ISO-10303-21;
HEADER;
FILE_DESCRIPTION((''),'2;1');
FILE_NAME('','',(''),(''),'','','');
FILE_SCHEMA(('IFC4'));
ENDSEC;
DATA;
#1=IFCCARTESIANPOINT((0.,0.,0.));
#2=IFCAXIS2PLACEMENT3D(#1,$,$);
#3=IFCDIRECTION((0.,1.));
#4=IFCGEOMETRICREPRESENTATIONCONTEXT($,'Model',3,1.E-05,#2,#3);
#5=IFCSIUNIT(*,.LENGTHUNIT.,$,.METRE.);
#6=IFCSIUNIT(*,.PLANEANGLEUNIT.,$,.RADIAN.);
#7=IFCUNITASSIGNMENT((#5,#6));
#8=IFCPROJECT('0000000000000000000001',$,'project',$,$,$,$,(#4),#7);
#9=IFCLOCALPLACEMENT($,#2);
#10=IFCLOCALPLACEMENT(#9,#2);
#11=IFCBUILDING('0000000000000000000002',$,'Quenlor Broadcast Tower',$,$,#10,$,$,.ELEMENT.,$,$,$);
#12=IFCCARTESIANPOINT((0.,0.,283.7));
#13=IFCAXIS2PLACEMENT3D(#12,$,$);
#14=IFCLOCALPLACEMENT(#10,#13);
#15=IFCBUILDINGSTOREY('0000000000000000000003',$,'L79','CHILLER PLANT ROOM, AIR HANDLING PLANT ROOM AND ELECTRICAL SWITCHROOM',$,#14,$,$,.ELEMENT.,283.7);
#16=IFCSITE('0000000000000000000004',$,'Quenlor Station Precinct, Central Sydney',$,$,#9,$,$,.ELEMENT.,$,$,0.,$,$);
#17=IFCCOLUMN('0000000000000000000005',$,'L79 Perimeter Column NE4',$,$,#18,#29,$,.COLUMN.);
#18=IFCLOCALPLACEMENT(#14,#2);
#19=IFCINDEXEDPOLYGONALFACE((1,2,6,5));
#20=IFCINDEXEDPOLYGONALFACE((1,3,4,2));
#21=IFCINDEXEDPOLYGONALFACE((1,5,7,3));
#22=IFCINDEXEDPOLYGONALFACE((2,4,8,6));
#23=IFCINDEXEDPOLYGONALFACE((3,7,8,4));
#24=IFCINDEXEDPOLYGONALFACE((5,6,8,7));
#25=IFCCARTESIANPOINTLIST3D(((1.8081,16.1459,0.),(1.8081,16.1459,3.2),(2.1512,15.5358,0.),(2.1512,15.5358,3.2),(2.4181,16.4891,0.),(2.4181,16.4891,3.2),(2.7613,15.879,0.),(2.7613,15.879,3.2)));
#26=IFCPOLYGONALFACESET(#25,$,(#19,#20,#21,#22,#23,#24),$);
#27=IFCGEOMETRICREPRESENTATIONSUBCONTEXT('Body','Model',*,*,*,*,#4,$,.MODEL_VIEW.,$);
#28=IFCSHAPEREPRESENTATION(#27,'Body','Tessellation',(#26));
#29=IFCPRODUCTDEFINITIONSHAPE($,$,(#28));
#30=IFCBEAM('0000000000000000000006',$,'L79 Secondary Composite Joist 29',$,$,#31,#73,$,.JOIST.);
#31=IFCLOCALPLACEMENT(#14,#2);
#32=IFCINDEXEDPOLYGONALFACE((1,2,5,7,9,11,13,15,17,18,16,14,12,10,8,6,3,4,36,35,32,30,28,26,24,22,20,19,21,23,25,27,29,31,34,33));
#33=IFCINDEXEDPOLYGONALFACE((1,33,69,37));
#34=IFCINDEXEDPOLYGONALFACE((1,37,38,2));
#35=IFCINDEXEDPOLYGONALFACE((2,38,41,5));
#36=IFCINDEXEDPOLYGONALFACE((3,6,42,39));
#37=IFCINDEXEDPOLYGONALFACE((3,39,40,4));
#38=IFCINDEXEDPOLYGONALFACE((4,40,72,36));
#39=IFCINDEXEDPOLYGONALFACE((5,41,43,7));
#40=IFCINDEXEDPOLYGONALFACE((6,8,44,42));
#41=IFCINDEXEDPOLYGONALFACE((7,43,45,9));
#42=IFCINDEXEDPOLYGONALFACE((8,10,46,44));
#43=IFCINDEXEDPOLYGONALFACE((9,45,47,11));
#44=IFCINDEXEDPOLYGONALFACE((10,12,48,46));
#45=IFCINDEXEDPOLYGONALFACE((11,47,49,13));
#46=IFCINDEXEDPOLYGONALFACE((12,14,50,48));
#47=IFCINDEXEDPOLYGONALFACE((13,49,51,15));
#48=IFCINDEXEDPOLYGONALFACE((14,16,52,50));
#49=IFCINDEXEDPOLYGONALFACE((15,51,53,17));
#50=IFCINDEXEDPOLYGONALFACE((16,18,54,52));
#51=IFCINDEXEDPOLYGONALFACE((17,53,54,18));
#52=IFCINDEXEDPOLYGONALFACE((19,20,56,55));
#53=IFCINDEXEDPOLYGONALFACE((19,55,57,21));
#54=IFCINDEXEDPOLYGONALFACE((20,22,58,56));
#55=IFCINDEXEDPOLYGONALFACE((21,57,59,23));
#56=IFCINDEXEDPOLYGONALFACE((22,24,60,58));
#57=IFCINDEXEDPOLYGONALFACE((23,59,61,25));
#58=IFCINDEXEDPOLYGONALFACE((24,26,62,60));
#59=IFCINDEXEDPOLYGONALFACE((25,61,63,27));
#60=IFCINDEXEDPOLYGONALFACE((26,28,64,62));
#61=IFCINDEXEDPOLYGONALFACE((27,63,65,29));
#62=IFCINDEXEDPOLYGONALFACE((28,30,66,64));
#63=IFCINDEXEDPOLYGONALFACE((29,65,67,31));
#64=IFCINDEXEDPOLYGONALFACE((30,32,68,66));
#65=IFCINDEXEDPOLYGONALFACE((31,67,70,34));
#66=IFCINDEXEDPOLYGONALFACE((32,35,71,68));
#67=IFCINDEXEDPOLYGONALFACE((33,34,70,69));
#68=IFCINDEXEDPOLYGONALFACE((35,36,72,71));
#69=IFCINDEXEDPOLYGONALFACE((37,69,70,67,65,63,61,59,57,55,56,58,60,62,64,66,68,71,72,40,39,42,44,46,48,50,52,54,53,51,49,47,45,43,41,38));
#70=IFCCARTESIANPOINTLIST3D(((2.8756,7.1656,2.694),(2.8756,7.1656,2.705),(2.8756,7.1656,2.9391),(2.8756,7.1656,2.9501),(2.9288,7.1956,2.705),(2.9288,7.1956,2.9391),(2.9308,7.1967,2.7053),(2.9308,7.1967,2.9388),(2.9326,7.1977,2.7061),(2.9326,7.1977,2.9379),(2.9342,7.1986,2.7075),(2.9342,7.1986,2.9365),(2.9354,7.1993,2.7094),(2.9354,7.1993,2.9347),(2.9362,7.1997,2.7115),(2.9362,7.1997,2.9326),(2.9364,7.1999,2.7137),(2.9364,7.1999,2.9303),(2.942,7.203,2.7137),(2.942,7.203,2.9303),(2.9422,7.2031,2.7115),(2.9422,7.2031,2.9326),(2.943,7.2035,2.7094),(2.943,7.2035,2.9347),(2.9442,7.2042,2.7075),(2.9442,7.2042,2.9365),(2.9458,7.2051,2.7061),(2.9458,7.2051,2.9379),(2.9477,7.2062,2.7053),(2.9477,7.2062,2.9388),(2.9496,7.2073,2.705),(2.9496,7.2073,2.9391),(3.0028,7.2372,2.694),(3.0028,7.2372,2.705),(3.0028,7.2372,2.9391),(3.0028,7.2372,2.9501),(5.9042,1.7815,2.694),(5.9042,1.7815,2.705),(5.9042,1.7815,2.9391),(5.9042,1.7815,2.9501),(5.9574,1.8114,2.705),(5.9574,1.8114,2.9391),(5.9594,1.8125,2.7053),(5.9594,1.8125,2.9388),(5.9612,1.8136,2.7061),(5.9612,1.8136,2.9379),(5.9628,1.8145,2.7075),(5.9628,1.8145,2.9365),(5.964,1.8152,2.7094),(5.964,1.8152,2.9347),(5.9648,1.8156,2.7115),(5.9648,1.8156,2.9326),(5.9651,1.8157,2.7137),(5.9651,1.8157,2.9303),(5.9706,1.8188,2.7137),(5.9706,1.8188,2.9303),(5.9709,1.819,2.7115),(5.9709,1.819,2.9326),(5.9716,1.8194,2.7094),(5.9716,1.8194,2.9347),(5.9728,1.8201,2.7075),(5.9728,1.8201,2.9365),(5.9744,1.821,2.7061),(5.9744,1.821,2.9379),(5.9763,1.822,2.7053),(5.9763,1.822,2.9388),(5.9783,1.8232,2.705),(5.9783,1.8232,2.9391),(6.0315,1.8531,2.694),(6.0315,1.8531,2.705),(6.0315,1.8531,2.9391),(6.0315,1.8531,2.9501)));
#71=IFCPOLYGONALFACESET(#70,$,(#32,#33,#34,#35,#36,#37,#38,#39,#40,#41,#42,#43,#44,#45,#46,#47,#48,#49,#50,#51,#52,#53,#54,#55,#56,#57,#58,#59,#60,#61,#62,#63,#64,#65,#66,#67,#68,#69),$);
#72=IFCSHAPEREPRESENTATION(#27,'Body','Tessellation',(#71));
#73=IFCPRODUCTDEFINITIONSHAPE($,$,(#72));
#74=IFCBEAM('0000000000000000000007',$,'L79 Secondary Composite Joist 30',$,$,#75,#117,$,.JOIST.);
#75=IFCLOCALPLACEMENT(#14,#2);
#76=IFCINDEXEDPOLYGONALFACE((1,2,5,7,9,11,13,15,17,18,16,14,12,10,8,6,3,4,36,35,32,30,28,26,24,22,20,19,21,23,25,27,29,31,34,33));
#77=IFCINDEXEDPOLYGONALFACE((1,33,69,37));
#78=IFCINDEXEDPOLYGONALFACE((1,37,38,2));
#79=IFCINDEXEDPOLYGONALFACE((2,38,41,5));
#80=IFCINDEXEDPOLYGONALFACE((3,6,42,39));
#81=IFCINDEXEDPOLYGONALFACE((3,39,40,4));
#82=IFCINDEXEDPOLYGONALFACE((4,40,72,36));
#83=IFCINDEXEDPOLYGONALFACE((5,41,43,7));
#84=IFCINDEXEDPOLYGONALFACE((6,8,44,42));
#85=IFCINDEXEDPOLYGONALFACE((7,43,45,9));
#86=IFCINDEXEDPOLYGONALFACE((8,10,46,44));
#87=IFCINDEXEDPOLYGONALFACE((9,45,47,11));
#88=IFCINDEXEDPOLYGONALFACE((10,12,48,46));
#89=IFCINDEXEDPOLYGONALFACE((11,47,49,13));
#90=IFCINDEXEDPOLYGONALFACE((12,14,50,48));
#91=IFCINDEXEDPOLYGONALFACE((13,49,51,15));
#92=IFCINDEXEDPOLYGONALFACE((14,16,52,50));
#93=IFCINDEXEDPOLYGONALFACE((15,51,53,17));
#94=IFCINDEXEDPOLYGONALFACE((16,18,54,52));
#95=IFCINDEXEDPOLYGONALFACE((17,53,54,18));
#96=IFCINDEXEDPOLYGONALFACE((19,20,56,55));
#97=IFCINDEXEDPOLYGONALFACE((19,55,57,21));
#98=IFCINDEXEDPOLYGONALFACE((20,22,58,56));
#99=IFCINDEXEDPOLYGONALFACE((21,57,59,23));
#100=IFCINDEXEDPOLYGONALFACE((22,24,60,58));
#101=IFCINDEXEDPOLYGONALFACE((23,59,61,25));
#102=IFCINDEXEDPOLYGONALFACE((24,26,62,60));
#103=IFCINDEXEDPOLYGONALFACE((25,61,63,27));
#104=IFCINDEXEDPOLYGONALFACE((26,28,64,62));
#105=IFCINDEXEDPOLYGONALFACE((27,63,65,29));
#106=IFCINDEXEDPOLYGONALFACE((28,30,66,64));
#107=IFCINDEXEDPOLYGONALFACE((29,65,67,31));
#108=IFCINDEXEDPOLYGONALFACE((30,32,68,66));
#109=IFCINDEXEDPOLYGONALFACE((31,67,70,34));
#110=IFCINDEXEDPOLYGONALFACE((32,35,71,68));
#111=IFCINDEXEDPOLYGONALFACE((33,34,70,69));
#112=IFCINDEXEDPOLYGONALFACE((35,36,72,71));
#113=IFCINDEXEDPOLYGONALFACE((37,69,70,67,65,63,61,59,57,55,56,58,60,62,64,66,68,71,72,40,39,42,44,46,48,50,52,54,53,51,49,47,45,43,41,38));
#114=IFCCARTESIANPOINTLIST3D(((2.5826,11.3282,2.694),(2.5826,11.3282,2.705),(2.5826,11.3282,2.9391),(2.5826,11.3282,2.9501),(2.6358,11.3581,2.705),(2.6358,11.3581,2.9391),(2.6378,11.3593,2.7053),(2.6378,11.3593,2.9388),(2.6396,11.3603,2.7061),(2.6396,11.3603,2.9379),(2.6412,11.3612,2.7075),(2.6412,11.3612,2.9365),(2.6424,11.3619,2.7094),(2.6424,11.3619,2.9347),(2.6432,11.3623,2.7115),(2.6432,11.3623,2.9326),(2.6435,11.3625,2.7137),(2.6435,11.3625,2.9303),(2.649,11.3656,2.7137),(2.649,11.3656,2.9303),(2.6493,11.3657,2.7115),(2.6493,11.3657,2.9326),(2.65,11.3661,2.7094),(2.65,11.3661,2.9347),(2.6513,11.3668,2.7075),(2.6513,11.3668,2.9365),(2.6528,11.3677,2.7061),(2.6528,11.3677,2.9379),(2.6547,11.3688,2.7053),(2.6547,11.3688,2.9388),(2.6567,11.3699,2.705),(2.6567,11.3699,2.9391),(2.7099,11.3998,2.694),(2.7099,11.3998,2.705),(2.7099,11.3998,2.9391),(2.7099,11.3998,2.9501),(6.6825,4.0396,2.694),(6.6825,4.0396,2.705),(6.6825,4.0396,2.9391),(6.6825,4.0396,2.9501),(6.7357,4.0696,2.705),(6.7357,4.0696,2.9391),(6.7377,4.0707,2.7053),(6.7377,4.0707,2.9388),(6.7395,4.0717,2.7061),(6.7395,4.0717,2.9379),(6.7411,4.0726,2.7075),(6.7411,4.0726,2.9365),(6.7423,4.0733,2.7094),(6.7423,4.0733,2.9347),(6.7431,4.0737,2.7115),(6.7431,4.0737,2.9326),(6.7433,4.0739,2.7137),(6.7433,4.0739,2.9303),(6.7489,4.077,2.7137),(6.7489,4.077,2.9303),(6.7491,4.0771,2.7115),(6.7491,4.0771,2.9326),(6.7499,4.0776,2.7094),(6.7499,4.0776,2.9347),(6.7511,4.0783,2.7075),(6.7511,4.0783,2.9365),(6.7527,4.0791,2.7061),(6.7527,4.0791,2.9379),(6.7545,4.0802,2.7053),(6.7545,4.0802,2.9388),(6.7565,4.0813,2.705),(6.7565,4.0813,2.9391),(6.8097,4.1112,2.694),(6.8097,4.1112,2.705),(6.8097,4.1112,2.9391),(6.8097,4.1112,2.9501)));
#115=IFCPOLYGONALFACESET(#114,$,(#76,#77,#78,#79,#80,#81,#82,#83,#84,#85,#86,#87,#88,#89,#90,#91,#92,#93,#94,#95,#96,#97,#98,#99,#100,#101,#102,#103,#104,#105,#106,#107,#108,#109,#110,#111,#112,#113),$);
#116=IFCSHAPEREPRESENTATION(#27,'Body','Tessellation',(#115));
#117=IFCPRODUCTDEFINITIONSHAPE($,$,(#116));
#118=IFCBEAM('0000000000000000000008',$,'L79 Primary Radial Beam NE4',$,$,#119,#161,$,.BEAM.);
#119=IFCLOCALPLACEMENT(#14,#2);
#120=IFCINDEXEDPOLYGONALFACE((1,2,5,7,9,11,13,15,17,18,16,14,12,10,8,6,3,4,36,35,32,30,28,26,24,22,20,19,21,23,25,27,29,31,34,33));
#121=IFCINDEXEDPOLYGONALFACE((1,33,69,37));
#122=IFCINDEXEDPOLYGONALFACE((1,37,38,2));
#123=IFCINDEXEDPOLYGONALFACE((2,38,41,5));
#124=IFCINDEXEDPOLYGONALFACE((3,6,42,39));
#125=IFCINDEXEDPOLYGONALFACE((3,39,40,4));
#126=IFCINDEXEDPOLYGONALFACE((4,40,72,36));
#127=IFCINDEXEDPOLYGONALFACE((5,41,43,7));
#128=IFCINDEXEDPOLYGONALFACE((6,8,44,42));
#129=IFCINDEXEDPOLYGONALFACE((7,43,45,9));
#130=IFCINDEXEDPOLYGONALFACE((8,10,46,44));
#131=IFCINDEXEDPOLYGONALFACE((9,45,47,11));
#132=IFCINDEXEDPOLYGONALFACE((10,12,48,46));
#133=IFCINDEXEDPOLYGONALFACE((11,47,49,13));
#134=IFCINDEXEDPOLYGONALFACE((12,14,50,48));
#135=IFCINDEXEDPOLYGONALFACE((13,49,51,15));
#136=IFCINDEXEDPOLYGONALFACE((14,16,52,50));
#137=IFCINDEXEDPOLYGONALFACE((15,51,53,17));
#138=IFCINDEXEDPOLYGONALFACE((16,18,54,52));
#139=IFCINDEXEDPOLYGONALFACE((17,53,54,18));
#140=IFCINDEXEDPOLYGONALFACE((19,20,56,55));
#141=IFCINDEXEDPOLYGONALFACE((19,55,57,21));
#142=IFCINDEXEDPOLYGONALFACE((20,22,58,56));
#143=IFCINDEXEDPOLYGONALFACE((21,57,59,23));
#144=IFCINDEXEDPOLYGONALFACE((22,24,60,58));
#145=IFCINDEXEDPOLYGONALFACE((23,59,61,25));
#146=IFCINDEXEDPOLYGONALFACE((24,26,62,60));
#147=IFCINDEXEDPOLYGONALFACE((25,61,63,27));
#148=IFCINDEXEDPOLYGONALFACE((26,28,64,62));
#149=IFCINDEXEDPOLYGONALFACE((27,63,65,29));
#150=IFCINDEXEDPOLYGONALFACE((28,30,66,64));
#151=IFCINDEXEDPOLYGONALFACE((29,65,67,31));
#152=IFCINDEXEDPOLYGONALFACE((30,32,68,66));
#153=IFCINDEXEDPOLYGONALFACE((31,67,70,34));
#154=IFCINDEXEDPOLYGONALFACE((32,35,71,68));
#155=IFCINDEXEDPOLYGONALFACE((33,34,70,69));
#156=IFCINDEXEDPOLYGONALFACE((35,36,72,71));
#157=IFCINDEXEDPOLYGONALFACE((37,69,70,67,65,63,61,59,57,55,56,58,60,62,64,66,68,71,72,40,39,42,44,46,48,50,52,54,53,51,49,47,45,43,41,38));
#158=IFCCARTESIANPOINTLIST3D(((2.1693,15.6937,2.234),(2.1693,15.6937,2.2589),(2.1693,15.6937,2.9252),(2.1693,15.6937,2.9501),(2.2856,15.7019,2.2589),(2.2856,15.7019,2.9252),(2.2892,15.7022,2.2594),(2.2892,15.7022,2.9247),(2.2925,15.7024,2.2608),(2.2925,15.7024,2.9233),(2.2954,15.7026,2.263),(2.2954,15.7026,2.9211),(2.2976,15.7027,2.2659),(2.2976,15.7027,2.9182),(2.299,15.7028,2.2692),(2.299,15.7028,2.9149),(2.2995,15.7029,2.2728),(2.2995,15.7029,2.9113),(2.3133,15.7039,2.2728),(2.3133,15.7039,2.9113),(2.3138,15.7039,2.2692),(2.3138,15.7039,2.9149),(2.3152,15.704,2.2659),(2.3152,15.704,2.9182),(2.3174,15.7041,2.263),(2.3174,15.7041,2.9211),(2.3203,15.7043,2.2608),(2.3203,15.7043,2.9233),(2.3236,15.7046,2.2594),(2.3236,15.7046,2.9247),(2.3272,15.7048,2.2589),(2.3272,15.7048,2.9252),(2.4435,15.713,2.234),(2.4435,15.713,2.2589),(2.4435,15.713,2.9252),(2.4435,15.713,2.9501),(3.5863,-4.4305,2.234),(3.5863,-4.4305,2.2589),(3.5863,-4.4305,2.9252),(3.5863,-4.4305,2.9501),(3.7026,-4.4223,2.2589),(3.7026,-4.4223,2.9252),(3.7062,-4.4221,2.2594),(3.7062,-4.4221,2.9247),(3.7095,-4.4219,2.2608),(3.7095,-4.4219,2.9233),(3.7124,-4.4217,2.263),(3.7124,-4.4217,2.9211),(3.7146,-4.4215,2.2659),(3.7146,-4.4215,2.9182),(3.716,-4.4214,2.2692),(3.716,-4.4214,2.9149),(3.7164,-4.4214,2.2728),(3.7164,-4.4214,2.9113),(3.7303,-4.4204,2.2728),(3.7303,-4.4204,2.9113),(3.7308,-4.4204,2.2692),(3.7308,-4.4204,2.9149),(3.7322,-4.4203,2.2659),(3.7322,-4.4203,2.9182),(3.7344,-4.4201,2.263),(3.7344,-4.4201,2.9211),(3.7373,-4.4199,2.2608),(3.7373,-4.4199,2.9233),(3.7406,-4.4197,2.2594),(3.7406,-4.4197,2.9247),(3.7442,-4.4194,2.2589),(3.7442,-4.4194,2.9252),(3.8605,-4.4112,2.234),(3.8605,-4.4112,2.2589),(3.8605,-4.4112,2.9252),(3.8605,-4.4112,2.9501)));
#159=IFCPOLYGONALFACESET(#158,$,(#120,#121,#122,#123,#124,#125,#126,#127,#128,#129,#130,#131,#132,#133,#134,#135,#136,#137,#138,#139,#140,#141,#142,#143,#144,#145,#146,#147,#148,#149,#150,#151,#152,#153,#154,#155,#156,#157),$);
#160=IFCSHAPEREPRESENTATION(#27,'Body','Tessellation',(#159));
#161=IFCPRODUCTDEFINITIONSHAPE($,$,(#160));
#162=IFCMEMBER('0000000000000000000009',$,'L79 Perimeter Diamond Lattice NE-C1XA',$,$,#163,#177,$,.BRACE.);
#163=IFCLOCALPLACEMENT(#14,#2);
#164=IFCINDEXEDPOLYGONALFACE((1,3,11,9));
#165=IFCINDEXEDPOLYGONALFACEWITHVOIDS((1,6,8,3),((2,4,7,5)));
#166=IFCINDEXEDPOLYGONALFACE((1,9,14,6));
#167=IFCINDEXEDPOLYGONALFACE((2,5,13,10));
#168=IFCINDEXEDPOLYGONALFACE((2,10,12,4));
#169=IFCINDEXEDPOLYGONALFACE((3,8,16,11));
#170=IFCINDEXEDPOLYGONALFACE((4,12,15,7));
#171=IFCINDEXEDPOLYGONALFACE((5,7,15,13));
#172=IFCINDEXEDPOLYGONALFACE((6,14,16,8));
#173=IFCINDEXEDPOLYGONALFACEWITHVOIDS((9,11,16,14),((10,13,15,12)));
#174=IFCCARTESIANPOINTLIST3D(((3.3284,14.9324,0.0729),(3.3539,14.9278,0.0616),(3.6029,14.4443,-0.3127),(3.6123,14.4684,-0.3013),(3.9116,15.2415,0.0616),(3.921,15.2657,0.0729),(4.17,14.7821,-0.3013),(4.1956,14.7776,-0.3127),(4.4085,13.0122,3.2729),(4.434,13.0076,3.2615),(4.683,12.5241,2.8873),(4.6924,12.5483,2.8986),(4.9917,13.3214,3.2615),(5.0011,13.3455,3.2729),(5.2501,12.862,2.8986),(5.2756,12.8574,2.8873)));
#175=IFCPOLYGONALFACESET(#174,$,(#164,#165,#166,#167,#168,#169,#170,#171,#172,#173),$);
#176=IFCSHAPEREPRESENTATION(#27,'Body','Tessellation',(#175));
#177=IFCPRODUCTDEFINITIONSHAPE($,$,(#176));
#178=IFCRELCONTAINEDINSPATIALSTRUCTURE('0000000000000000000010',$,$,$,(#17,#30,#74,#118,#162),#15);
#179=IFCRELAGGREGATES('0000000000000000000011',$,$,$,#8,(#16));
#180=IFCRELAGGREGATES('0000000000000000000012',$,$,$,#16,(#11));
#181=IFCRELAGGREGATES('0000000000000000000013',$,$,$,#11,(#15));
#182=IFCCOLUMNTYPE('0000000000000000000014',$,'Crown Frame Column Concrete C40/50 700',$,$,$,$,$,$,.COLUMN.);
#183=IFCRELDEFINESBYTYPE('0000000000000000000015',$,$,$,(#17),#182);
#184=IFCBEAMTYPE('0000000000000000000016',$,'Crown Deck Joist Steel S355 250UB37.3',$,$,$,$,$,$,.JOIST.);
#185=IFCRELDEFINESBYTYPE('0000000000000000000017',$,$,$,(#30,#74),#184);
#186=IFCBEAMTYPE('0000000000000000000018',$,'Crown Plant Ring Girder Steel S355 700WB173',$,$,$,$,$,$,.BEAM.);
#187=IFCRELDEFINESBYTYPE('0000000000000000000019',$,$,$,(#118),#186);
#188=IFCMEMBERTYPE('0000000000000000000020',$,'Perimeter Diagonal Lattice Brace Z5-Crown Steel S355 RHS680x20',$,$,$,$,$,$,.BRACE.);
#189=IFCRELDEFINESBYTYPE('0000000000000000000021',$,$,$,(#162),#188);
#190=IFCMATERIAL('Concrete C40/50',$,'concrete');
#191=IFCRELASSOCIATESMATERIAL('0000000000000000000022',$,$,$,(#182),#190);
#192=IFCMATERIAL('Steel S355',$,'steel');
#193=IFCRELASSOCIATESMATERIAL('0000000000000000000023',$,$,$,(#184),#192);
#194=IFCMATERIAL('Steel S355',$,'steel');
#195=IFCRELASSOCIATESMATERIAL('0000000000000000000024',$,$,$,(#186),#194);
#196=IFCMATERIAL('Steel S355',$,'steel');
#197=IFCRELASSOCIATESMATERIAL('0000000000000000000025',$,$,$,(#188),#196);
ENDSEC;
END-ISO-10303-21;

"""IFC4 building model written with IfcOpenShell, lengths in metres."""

from ifc_helpers import new_model, si_unit, direction, frame, origin, origin_2d, place, context, subcontext, project, spatial, rectangle, hollow_rectangle, i_section, extrude, material, material_profile, profile_set, type_object, element, save


model = new_model("IFC4")

# Units and contexts
model_context = context("Model", 3, precision=1e-05, world=origin(), true_north=direction((0.0, 1.0)))
body_context = subcontext(model_context, "Body", "Model", "MODEL_VIEW")
ifc_project = project(units=[si_unit("LENGTHUNIT", "METRE"), si_unit("PLANEANGLEUNIT", "RADIAN")], contexts=[model_context])

# Site, building, storey
site_placement = place(None, origin())
site = spatial("IfcSite", under=ifc_project, at=site_placement, Name="Quenlor Station Precinct, Central Sydney", CompositionType="ELEMENT", RefElevation=0.0)
building_placement = place(site_placement, origin())
building = spatial("IfcBuilding", under=site, at=building_placement, Name="Quenlor Broadcast Tower", CompositionType="ELEMENT")
storey_placement = place(building_placement, frame((0.0, 0.0, 283.7)))
storey = spatial("IfcBuildingStorey", under=building, at=storey_placement, Name="L79", Description="CHILLER PLANT ROOM, AIR HANDLING PLANT ROOM AND ELECTRICAL SWITCHROOM", CompositionType="ELEMENT", Elevation=283.7)

# Column
ifc_material_1 = material(Name="Concrete C40/50", Category="concrete")
ifc_material_profile_1 = material_profile(ifc_material_1, rectangle(XDim=0.7, YDim=0.7, at=origin_2d()))
ifc_profile_set_1 = profile_set([ifc_material_profile_1], Name="Concrete C40/50 RC700x700")
column_type = type_object("IfcColumnType", Name="Crown Frame Column Concrete C40/50 700", PredefinedType="COLUMN", material=ifc_profile_set_1)
column_placement = place(storey_placement, frame((2.2847, 16.0125, 0.0), z_axis=(0.0, 0.0, 1.0), x_axis=(0.871575, 0.490262, 0.0)))
element("IfcColumn", 1, at=column_placement, inside=storey, type_object=column_type, Name="L79 Perimeter Column NE4", PredefinedType="COLUMN", context=body_context, shape_type="SweptSolid", body=[
    extrude(rectangle(XDim=0.7, YDim=0.7, at=origin_2d()), origin(), (0.0, 0.0, 1.0), 3.2),
])

# Beams
ifc_material_2 = material(Name="Steel S355", Category="steel")
ifc_material_profile_2 = material_profile(ifc_material_2, i_section(OverallWidth=0.146, OverallDepth=0.2561, WebThickness=0.0063, FlangeThickness=0.011, FilletRadius=0.0088, at=origin_2d()))
ifc_profile_set_2 = profile_set([ifc_material_profile_2], Name="Steel S355 250UB37.3")
beam_type_1 = type_object("IfcBeamType", Name="Crown Deck Joist Steel S355 250UB37.3", PredefinedType="JOIST", material=ifc_profile_set_2)
beam_1_placement = place(storey_placement, frame((2.9392, 7.2014, 2.822), z_axis=(0.490267, -0.871572, 0.0), x_axis=(0.871572, 0.490267, 0.0)))
element("IfcBeam", 2, at=beam_1_placement, inside=storey, type_object=beam_type_1, Name="L79 Secondary Composite Joist 29", PredefinedType="JOIST", context=body_context, shape_type="SweptSolid", body=[
    extrude(i_section(OverallWidth=0.146, OverallDepth=0.2561, WebThickness=0.0063, FlangeThickness=0.011, FilletRadius=0.0088, at=origin_2d()), origin(), (0.0, 0.0, 1.0), 6.1775),
])
beam_2_placement = place(storey_placement, frame((2.6462, 11.364, 2.822), z_axis=(0.490264, -0.871574, 0.0), x_axis=(0.871574, 0.490264, 0.0)))
element("IfcBeam", 3, at=beam_2_placement, inside=storey, type_object=beam_type_1, Name="L79 Secondary Composite Joist 30", PredefinedType="JOIST", context=body_context, shape_type="SweptSolid", body=[
    extrude(i_section(OverallWidth=0.146, OverallDepth=0.2561, WebThickness=0.0063, FlangeThickness=0.011, FilletRadius=0.0088, at=origin_2d()), origin(), (0.0, 0.0, 1.0), 8.3625),
])
ifc_material_3 = material(Name="Steel S355", Category="steel")
ifc_material_profile_3 = material_profile(ifc_material_3, i_section(OverallWidth=0.2749, OverallDepth=0.7161, WebThickness=0.0139, FlangeThickness=0.0249, FilletRadius=0.0139, at=origin_2d()))
ifc_profile_set_3 = profile_set([ifc_material_profile_3], Name="Steel S355 700WB173")
beam_type_2 = type_object("IfcBeamType", Name="Crown Plant Ring Girder Steel S355 700WB173", PredefinedType="BEAM", material=ifc_profile_set_3)
beam_3_placement = place(storey_placement, frame((2.3064, 15.7034, 2.592), z_axis=(0.070238, -0.99753, 0.0), x_axis=(0.99753, 0.070238, 0.0)))
element("IfcBeam", 4, at=beam_3_placement, inside=storey, type_object=beam_type_2, Name="L79 Primary Radial Beam NE4", PredefinedType="BEAM", context=body_context, shape_type="SweptSolid", body=[
    extrude(i_section(OverallWidth=0.2749, OverallDepth=0.7161, WebThickness=0.0139, FlangeThickness=0.0249, FilletRadius=0.0139, at=origin_2d()), origin(), (0.0, 0.0, 1.0), 20.1741),
])

# Member
ifc_material_4 = material(Name="Steel S355", Category="steel")
ifc_material_profile_4 = material_profile(ifc_material_4, hollow_rectangle(XDim=0.6799, YDim=0.6799, WallThickness=0.02, at=origin_2d()))
ifc_profile_set_4 = profile_set([ifc_material_profile_4], Name="Steel S355 RHS680x680x20")
member_type = type_object("IfcMemberType", Name="Perimeter Diagonal Lattice Brace Z5-Crown Steel S355 RHS680x20", PredefinedType="BRACE", material=ifc_profile_set_4)
member_1_placement = place(storey_placement, frame((3.762, 14.855, -0.1199), z_axis=(0.278012, -0.49425, 0.823666), x_axis=(0.871578, 0.490256, 0.0)))
element("IfcMember", 5, at=member_1_placement, inside=storey, type_object=member_type, Name="L79 Perimeter Diamond Lattice NE-C1XA", PredefinedType="BRACE", context=body_context, shape_type="SweptSolid", body=[
    extrude(hollow_rectangle(XDim=0.6799, YDim=0.6799, WallThickness=0.02, at=origin_2d()), origin(), (0.0, 0.0, 1.0), 3.885),
])

save(model, "model.ifc")
